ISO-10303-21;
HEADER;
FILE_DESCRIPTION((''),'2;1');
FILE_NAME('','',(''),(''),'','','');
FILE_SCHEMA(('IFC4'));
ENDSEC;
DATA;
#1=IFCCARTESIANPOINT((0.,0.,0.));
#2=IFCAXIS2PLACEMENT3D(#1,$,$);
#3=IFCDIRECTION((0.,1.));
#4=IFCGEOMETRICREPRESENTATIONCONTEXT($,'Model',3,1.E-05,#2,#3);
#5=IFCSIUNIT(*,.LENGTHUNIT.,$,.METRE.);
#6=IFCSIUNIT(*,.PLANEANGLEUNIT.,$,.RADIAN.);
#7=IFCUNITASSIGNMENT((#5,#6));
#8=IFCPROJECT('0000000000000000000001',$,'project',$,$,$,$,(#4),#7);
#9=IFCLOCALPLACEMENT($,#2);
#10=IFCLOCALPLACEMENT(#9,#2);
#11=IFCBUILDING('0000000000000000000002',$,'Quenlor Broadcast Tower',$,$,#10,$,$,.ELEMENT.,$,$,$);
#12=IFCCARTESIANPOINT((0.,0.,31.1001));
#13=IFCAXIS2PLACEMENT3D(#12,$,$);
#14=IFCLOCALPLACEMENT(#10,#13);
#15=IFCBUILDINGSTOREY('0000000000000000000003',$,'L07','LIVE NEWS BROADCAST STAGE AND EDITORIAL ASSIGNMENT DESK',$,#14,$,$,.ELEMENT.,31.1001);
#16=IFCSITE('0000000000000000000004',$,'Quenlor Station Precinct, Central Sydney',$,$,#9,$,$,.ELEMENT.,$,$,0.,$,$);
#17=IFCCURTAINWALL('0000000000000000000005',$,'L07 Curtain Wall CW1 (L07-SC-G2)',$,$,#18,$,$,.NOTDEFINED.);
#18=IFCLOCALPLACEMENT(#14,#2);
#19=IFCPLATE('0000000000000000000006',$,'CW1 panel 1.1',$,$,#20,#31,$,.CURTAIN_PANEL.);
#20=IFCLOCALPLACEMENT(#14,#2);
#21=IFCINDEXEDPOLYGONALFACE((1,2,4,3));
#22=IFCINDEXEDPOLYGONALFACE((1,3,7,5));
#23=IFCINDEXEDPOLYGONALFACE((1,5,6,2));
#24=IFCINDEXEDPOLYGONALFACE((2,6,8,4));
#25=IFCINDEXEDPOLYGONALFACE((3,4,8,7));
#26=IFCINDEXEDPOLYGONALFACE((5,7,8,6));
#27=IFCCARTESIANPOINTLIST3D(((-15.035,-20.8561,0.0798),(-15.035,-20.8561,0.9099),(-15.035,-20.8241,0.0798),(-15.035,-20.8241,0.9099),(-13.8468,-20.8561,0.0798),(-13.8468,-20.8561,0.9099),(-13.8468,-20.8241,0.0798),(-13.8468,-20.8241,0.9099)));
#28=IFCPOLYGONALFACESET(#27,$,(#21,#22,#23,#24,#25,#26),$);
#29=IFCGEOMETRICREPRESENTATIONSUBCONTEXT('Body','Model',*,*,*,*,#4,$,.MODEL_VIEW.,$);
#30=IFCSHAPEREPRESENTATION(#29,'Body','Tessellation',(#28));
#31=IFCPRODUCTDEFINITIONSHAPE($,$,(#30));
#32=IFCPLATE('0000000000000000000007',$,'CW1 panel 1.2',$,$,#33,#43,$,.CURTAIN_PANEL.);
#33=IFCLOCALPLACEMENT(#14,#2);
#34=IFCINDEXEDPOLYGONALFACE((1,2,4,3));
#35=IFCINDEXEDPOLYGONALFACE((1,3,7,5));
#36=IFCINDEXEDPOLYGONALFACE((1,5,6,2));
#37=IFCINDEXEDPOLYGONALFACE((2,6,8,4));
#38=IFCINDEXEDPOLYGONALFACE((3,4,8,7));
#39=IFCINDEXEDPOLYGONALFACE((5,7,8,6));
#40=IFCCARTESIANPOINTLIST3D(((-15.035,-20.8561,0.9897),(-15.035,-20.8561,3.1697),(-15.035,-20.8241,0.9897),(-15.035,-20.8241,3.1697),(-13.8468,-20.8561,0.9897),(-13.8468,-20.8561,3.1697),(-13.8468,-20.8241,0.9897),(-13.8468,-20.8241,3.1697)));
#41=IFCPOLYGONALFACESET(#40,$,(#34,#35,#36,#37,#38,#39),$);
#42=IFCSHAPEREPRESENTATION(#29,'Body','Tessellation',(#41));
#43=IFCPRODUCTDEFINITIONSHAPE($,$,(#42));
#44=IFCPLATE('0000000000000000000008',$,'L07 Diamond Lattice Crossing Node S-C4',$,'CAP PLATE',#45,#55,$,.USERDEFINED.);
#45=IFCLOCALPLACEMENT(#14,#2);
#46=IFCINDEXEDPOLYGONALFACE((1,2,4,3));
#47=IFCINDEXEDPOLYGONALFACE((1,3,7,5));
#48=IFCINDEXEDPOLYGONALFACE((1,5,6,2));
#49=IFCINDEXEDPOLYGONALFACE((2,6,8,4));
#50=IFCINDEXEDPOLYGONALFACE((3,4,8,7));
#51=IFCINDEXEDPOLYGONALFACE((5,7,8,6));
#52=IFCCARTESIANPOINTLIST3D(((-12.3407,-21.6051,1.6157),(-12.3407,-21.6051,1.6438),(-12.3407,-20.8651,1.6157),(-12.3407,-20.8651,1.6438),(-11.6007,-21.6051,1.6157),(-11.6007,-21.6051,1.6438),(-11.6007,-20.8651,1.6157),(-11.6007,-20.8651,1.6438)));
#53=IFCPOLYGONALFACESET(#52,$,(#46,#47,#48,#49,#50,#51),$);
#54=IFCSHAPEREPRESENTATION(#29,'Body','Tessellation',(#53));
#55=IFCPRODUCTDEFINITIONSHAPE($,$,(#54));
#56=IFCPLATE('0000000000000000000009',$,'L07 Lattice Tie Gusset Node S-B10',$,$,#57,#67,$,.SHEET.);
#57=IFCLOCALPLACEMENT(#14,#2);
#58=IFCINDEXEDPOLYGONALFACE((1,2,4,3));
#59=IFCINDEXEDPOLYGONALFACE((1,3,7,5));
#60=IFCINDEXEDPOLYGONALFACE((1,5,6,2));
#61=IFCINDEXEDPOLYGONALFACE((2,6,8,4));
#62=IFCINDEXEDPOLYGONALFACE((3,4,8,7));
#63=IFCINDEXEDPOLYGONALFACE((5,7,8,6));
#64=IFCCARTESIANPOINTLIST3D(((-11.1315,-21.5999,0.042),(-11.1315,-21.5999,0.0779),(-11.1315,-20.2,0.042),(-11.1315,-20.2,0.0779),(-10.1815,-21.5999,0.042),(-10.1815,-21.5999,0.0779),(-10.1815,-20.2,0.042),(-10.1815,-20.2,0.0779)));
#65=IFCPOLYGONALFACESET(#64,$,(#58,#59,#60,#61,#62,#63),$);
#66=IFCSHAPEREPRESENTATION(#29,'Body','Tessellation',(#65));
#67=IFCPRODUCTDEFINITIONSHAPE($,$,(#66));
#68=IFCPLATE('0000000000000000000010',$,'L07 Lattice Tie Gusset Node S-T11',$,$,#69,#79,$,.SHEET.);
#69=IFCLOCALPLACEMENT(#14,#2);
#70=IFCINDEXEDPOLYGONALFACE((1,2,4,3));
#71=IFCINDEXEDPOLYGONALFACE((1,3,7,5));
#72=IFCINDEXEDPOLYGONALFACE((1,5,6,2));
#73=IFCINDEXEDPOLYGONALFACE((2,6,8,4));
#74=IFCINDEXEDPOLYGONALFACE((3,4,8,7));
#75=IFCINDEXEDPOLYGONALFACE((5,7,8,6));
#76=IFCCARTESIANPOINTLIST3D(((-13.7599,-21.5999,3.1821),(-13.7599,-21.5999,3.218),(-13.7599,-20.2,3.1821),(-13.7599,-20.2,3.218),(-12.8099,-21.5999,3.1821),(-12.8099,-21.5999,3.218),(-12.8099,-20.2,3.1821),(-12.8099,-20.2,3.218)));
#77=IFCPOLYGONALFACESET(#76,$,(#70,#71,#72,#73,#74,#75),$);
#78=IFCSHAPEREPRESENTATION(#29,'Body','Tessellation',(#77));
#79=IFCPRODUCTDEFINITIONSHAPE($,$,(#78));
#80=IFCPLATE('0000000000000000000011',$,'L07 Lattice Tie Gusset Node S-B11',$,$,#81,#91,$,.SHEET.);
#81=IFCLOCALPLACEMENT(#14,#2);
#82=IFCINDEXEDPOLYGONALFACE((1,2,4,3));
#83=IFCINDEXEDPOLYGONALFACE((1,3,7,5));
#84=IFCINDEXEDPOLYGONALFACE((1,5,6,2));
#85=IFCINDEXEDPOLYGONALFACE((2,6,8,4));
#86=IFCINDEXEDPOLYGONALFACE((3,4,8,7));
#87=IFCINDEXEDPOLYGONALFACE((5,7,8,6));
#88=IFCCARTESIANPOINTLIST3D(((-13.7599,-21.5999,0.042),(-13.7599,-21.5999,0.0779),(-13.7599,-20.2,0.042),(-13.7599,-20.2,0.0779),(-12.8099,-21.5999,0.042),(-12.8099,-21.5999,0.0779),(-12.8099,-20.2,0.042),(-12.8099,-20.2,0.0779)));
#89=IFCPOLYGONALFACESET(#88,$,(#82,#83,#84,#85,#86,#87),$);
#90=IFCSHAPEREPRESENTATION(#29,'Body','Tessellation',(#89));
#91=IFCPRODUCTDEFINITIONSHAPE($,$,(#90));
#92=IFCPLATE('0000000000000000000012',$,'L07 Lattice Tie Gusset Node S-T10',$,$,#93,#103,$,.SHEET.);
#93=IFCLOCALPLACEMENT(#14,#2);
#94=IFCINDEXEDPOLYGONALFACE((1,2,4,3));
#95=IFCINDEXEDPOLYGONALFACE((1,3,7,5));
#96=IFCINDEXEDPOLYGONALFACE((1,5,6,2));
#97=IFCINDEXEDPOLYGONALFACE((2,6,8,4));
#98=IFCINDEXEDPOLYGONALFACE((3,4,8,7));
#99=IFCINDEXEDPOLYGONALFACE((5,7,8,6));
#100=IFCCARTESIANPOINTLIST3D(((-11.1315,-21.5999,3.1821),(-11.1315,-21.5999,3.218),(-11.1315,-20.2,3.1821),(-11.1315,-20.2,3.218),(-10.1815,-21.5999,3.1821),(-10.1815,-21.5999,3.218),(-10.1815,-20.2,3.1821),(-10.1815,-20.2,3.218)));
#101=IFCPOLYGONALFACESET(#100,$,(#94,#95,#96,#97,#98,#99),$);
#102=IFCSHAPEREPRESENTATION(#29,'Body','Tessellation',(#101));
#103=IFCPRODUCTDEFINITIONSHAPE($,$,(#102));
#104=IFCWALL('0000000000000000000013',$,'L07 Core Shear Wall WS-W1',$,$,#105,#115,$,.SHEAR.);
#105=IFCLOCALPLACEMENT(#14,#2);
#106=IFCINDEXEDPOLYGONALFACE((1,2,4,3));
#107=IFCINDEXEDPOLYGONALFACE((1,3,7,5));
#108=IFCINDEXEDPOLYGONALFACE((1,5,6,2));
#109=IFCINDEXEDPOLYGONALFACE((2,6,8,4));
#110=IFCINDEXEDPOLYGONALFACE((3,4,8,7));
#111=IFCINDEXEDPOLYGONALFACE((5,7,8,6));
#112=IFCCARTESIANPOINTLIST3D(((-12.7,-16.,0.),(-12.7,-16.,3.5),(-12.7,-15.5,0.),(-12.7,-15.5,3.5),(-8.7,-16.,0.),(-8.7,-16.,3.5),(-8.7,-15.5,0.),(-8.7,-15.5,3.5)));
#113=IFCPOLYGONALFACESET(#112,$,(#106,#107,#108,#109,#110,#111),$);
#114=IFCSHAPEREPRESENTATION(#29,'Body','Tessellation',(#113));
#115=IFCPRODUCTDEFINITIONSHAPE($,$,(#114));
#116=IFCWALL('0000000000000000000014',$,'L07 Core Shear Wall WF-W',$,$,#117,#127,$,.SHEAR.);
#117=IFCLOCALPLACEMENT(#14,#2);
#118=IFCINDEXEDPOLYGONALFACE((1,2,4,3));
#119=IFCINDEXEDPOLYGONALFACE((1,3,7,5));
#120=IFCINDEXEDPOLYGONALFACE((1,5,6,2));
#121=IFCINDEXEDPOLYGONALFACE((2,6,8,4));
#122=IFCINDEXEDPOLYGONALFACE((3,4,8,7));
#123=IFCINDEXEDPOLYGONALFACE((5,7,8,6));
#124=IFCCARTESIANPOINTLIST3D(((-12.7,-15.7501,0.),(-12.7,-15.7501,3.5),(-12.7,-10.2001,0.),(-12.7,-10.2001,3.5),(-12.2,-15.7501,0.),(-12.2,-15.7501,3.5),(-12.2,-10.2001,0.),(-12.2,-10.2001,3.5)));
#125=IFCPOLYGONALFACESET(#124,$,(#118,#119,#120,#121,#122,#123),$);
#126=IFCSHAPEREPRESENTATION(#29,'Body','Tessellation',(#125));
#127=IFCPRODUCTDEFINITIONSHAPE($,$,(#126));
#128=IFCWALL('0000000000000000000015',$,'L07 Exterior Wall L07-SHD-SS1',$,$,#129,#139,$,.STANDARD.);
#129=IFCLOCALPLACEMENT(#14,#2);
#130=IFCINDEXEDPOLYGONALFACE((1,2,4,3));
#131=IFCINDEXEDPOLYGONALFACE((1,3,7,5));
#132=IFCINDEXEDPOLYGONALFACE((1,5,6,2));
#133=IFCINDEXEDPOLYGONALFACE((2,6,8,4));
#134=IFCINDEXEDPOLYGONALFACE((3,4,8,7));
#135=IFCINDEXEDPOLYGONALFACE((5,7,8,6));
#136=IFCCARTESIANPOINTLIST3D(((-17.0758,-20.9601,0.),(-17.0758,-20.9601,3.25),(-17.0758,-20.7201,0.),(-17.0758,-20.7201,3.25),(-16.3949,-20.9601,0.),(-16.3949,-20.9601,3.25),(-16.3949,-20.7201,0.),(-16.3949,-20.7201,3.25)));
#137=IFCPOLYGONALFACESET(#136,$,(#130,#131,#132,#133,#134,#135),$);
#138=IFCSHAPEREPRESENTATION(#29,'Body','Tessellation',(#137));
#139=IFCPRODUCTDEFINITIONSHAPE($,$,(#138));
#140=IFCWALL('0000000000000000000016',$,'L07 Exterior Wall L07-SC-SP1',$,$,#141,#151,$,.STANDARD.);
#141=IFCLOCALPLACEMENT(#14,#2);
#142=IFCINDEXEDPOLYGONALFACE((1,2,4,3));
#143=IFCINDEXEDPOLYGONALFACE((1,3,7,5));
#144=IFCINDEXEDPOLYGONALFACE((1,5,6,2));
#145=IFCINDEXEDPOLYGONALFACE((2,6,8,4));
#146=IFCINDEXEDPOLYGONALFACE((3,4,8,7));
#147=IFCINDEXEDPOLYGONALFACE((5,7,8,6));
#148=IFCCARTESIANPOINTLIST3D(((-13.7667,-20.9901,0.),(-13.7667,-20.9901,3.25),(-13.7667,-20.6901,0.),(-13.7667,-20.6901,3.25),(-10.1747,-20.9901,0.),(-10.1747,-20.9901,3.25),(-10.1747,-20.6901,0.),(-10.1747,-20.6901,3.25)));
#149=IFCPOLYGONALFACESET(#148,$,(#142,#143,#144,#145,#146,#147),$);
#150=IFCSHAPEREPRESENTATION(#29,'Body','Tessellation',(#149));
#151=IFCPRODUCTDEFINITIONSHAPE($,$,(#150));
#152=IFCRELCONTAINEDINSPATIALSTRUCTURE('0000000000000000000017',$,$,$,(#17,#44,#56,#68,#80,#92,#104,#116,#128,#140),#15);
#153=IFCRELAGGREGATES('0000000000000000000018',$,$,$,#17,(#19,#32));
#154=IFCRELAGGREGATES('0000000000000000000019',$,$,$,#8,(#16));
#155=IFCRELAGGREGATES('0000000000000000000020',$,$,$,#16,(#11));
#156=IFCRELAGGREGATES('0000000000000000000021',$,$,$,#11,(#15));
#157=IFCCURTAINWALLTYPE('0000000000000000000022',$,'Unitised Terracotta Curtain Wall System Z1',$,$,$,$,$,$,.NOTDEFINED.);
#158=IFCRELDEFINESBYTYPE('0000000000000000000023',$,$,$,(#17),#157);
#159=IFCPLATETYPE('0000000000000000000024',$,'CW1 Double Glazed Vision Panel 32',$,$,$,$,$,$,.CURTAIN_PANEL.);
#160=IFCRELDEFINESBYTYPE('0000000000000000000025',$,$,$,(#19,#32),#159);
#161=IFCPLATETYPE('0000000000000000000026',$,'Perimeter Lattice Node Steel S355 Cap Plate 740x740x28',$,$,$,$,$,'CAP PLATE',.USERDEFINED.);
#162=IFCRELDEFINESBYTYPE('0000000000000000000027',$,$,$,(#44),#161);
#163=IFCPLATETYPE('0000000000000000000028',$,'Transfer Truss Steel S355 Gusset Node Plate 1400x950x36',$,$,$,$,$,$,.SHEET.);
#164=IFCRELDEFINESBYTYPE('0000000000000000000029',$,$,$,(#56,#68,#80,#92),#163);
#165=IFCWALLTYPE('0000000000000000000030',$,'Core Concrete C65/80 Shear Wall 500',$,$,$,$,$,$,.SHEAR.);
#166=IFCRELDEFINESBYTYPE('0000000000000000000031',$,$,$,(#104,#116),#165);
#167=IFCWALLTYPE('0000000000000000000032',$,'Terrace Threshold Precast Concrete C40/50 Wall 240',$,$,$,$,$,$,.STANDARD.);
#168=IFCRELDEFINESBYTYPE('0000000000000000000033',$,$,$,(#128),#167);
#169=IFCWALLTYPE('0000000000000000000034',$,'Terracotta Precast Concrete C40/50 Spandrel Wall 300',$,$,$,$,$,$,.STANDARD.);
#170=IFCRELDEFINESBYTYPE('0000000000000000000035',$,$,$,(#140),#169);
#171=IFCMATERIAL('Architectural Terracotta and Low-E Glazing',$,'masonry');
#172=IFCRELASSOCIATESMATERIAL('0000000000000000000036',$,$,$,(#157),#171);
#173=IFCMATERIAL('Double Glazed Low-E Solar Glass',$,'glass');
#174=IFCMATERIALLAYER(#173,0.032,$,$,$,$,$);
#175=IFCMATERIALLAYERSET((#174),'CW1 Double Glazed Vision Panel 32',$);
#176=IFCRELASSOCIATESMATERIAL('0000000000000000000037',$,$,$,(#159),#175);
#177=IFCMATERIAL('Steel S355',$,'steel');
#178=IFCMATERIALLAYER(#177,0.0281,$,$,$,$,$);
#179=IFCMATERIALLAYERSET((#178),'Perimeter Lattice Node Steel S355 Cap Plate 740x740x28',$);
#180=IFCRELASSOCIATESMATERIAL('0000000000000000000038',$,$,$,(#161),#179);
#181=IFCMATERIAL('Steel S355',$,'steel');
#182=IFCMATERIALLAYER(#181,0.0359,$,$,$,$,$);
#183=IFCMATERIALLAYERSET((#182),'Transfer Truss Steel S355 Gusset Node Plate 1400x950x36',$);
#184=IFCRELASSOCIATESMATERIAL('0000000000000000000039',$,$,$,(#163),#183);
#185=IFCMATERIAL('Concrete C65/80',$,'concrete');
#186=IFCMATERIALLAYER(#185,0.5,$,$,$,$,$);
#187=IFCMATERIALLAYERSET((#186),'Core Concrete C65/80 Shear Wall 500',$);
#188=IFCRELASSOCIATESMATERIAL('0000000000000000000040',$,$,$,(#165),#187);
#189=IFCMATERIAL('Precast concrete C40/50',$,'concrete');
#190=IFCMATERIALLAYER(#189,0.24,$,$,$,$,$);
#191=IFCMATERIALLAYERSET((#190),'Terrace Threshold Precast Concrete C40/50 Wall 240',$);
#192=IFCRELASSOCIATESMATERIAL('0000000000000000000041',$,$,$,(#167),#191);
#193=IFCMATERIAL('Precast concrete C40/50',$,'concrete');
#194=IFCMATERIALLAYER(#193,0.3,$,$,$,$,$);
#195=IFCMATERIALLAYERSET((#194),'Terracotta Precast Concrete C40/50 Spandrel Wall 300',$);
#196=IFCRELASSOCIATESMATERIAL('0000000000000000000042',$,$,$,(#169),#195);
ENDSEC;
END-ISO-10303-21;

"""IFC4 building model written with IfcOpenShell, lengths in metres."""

from ifc_helpers import new_model, si_unit, direction, frame, frame_2d, origin, origin_2d, place, context, subcontext, project, spatial, rectangle, extrude, material, layer, layer_set, type_object, element, aggregate, save


model = new_model("IFC4")

# Units and contexts
model_context = context("Model", 3, precision=1e-05, world=origin(), true_north=direction((0.0, 1.0)))
body_context = subcontext(model_context, "Body", "Model", "MODEL_VIEW")
ifc_project = project(units=[si_unit("LENGTHUNIT", "METRE"), si_unit("PLANEANGLEUNIT", "RADIAN")], contexts=[model_context])

# Site, building, storey
site_placement = place(None, origin())
site = spatial("IfcSite", under=ifc_project, at=site_placement, Name="Quenlor Station Precinct, Central Sydney", CompositionType="ELEMENT", RefElevation=0.0)
building_placement = place(site_placement, origin())
building = spatial("IfcBuilding", under=site, at=building_placement, Name="Quenlor Broadcast Tower", CompositionType="ELEMENT")
storey_placement = place(building_placement, frame((0.0, 0.0, 31.1001)))
storey = spatial("IfcBuildingStorey", under=building, at=storey_placement, Name="L07", Description="LIVE NEWS BROADCAST STAGE AND EDITORIAL ASSIGNMENT DESK", CompositionType="ELEMENT", Elevation=31.1001)

# Curtain wall
ifc_material_1 = material(Name="Architectural Terracotta and Low-E Glazing", Category="masonry")
curtain_wall_type = type_object("IfcCurtainWallType", Name="Unitised Terracotta Curtain Wall System Z1", PredefinedType="NOTDEFINED", material=ifc_material_1)
curtain_wall_placement = place(storey_placement, origin())
curtain_wall = element("IfcCurtainWall", 1, at=curtain_wall_placement, inside=storey, type_object=curtain_wall_type, Name="L07 Curtain Wall CW1 (L07-SC-G2)", PredefinedType="NOTDEFINED")

# Plates
ifc_material_2 = material(Name="Double Glazed Low-E Solar Glass", Category="glass")
ifc_layer_1 = layer(ifc_material_2, 0.032)
ifc_layer_set_1 = layer_set([ifc_layer_1], Name="CW1 Double Glazed Vision Panel 32")
plate_type_1 = type_object("IfcPlateType", Name="CW1 Double Glazed Vision Panel 32", PredefinedType="CURTAIN_PANEL", material=ifc_layer_set_1)
plate_1_placement = place(storey_placement, frame((-14.4409, -20.8401, 0.0798), z_axis=(0.0, 0.0, 1.0), x_axis=(-1.0, 0.0, 0.0)))
plate_1 = element("IfcPlate", 2, at=plate_1_placement, type_object=plate_type_1, Name="CW1 panel 1.1", PredefinedType="CURTAIN_PANEL", context=body_context, shape_type="SweptSolid", body=[
    extrude(rectangle(XDim=1.1882, YDim=0.032, at=origin_2d()), origin(), (0.0, 0.0, 1.0), 0.8301),
])
plate_2_placement = place(storey_placement, frame((-14.4409, -20.8401, 0.9897), z_axis=(0.0, 0.0, 1.0), x_axis=(-1.0, 0.0, 0.0)))
plate_2 = element("IfcPlate", 3, at=plate_2_placement, type_object=plate_type_1, Name="CW1 panel 1.2", PredefinedType="CURTAIN_PANEL", context=body_context, shape_type="SweptSolid", body=[
    extrude(rectangle(XDim=1.1882, YDim=0.032, at=origin_2d()), origin(), (0.0, 0.0, 1.0), 2.1799),
])
aggregate(curtain_wall, [plate_1, plate_2])

# Plates
ifc_material_3 = material(Name="Steel S355", Category="steel")
ifc_layer_2 = layer(ifc_material_3, 0.0281)
ifc_layer_set_2 = layer_set([ifc_layer_2], Name="Perimeter Lattice Node Steel S355 Cap Plate 740x740x28")
plate_type_2 = type_object("IfcPlateType", Name="Perimeter Lattice Node Steel S355 Cap Plate 740x740x28", ElementType="CAP PLATE", PredefinedType="USERDEFINED", material=ifc_layer_set_2)
plate_3_placement = place(storey_placement, frame((-11.9707, -21.2351, 1.6157), z_axis=(0.0, 0.0, 1.0), x_axis=(-1.0, 0.0, 0.0)))
element("IfcPlate", 4, at=plate_3_placement, inside=storey, type_object=plate_type_2, Name="L07 Diamond Lattice Crossing Node S-C4", ObjectType="CAP PLATE", PredefinedType="USERDEFINED", context=body_context, shape_type="SweptSolid", body=[
    extrude(rectangle(XDim=0.74, YDim=0.74, at=origin_2d()), origin(), (0.0, 0.0, 1.0), 0.0281),
])
ifc_material_4 = material(Name="Steel S355", Category="steel")
ifc_layer_3 = layer(ifc_material_4, 0.0359)
ifc_layer_set_3 = layer_set([ifc_layer_3], Name="Transfer Truss Steel S355 Gusset Node Plate 1400x950x36")
plate_type_3 = type_object("IfcPlateType", Name="Transfer Truss Steel S355 Gusset Node Plate 1400x950x36", PredefinedType="SHEET", material=ifc_layer_set_3)
for number, where, z_axis, x_axis, name in (
    (5, (-10.6565, -20.8999, 0.042), (0.0, 0.0, 1.0), (0.0, -1.0, 0.0), "L07 Lattice Tie Gusset Node S-B10"),
    (6, (-13.2849, -20.8999, 3.1821), (0.0, 0.0, 1.0), (0.0, -1.0, 0.0), "L07 Lattice Tie Gusset Node S-T11"),
    (7, (-13.2849, -20.8999, 0.042), (0.0, 0.0, 1.0), (0.0, -1.0, 0.0), "L07 Lattice Tie Gusset Node S-B11"),
    (8, (-10.6565, -20.8999, 3.1821), (0.0, 0.0, 1.0), (0.0, -1.0, 0.0), "L07 Lattice Tie Gusset Node S-T10"),
):
    element("IfcPlate", number, at=place(storey_placement, frame(where, z_axis=z_axis, x_axis=x_axis)), inside=storey, type_object=plate_type_3, Name=name, PredefinedType="SHEET", context=body_context, shape_type="SweptSolid", body=[
        extrude(rectangle(XDim=1.3999, YDim=0.95, at=origin_2d()), origin(), (0.0, 0.0, 1.0), 0.0359),
    ])

# Walls
ifc_material_5 = material(Name="Concrete C65/80", Category="concrete")
ifc_layer_4 = layer(ifc_material_5, 0.5)
ifc_layer_set_4 = layer_set([ifc_layer_4], Name="Core Concrete C65/80 Shear Wall 500")
wall_type_1 = type_object("IfcWallType", Name="Core Concrete C65/80 Shear Wall 500", PredefinedType="SHEAR", material=ifc_layer_set_4)
wall_1_placement = place(storey_placement, frame((-12.7, -15.75, 0.0), z_axis=(0.0, 0.0, 1.0), x_axis=(1.0, 0.0, 0.0)))
element("IfcWall", 9, at=wall_1_placement, inside=storey, type_object=wall_type_1, Name="L07 Core Shear Wall WS-W1", PredefinedType="SHEAR", context=body_context, shape_type="SweptSolid", body=[
    extrude(rectangle(XDim=4.0, YDim=0.5, at=frame_2d((2.0, 0.0))), origin(), (0.0, 0.0, 1.0), 3.5),
])
wall_2_placement = place(storey_placement, frame((-12.45, -15.75, 0.0), z_axis=(0.0, 0.0, 1.0), x_axis=(0.0, 1.0, 0.0)))
element("IfcWall", 10, at=wall_2_placement, inside=storey, type_object=wall_type_1, Name="L07 Core Shear Wall WF-W", PredefinedType="SHEAR", context=body_context, shape_type="SweptSolid", body=[
    extrude(rectangle(XDim=5.55, YDim=0.5, at=frame_2d((2.7749, 0.0))), origin(), (0.0, 0.0, 1.0), 3.5),
])
ifc_material_6 = material(Name="Precast concrete C40/50", Category="concrete")
ifc_layer_5 = layer(ifc_material_6, 0.24)
ifc_layer_set_5 = layer_set([ifc_layer_5], Name="Terrace Threshold Precast Concrete C40/50 Wall 240")
wall_type_2 = type_object("IfcWallType", Name="Terrace Threshold Precast Concrete C40/50 Wall 240", PredefinedType="STANDARD", material=ifc_layer_set_5)
wall_3_placement = place(storey_placement, frame((-16.395, -20.8401, 0.0), z_axis=(0.0, 0.0, 1.0), x_axis=(-1.0, 0.0, 0.0)))
element("IfcWall", 11, at=wall_3_placement, inside=storey, type_object=wall_type_2, Name="L07 Exterior Wall L07-SHD-SS1", PredefinedType="STANDARD", context=body_context, shape_type="SweptSolid", body=[
    extrude(rectangle(XDim=0.6809, YDim=0.24, at=frame_2d((0.3403, 0.0))), origin(), (0.0, 0.0, 1.0), 3.25),
])
ifc_material_7 = material(Name="Precast concrete C40/50", Category="concrete")
ifc_layer_6 = layer(ifc_material_7, 0.3)
ifc_layer_set_6 = layer_set([ifc_layer_6], Name="Terracotta Precast Concrete C40/50 Spandrel Wall 300")
wall_type_3 = type_object("IfcWallType", Name="Terracotta Precast Concrete C40/50 Spandrel Wall 300", PredefinedType="STANDARD", material=ifc_layer_set_6)
wall_4_placement = place(storey_placement, frame((-10.1748, -20.8401, 0.0), z_axis=(0.0, 0.0, 1.0), x_axis=(-1.0, 0.0, 0.0)))
element("IfcWall", 12, at=wall_4_placement, inside=storey, type_object=wall_type_3, Name="L07 Exterior Wall L07-SC-SP1", PredefinedType="STANDARD", context=body_context, shape_type="SweptSolid", body=[
    extrude(rectangle(XDim=3.592, YDim=0.3, at=frame_2d((1.7959, 0.0))), origin(), (0.0, 0.0, 1.0), 3.25),
])

save(model, "model.ifc")
